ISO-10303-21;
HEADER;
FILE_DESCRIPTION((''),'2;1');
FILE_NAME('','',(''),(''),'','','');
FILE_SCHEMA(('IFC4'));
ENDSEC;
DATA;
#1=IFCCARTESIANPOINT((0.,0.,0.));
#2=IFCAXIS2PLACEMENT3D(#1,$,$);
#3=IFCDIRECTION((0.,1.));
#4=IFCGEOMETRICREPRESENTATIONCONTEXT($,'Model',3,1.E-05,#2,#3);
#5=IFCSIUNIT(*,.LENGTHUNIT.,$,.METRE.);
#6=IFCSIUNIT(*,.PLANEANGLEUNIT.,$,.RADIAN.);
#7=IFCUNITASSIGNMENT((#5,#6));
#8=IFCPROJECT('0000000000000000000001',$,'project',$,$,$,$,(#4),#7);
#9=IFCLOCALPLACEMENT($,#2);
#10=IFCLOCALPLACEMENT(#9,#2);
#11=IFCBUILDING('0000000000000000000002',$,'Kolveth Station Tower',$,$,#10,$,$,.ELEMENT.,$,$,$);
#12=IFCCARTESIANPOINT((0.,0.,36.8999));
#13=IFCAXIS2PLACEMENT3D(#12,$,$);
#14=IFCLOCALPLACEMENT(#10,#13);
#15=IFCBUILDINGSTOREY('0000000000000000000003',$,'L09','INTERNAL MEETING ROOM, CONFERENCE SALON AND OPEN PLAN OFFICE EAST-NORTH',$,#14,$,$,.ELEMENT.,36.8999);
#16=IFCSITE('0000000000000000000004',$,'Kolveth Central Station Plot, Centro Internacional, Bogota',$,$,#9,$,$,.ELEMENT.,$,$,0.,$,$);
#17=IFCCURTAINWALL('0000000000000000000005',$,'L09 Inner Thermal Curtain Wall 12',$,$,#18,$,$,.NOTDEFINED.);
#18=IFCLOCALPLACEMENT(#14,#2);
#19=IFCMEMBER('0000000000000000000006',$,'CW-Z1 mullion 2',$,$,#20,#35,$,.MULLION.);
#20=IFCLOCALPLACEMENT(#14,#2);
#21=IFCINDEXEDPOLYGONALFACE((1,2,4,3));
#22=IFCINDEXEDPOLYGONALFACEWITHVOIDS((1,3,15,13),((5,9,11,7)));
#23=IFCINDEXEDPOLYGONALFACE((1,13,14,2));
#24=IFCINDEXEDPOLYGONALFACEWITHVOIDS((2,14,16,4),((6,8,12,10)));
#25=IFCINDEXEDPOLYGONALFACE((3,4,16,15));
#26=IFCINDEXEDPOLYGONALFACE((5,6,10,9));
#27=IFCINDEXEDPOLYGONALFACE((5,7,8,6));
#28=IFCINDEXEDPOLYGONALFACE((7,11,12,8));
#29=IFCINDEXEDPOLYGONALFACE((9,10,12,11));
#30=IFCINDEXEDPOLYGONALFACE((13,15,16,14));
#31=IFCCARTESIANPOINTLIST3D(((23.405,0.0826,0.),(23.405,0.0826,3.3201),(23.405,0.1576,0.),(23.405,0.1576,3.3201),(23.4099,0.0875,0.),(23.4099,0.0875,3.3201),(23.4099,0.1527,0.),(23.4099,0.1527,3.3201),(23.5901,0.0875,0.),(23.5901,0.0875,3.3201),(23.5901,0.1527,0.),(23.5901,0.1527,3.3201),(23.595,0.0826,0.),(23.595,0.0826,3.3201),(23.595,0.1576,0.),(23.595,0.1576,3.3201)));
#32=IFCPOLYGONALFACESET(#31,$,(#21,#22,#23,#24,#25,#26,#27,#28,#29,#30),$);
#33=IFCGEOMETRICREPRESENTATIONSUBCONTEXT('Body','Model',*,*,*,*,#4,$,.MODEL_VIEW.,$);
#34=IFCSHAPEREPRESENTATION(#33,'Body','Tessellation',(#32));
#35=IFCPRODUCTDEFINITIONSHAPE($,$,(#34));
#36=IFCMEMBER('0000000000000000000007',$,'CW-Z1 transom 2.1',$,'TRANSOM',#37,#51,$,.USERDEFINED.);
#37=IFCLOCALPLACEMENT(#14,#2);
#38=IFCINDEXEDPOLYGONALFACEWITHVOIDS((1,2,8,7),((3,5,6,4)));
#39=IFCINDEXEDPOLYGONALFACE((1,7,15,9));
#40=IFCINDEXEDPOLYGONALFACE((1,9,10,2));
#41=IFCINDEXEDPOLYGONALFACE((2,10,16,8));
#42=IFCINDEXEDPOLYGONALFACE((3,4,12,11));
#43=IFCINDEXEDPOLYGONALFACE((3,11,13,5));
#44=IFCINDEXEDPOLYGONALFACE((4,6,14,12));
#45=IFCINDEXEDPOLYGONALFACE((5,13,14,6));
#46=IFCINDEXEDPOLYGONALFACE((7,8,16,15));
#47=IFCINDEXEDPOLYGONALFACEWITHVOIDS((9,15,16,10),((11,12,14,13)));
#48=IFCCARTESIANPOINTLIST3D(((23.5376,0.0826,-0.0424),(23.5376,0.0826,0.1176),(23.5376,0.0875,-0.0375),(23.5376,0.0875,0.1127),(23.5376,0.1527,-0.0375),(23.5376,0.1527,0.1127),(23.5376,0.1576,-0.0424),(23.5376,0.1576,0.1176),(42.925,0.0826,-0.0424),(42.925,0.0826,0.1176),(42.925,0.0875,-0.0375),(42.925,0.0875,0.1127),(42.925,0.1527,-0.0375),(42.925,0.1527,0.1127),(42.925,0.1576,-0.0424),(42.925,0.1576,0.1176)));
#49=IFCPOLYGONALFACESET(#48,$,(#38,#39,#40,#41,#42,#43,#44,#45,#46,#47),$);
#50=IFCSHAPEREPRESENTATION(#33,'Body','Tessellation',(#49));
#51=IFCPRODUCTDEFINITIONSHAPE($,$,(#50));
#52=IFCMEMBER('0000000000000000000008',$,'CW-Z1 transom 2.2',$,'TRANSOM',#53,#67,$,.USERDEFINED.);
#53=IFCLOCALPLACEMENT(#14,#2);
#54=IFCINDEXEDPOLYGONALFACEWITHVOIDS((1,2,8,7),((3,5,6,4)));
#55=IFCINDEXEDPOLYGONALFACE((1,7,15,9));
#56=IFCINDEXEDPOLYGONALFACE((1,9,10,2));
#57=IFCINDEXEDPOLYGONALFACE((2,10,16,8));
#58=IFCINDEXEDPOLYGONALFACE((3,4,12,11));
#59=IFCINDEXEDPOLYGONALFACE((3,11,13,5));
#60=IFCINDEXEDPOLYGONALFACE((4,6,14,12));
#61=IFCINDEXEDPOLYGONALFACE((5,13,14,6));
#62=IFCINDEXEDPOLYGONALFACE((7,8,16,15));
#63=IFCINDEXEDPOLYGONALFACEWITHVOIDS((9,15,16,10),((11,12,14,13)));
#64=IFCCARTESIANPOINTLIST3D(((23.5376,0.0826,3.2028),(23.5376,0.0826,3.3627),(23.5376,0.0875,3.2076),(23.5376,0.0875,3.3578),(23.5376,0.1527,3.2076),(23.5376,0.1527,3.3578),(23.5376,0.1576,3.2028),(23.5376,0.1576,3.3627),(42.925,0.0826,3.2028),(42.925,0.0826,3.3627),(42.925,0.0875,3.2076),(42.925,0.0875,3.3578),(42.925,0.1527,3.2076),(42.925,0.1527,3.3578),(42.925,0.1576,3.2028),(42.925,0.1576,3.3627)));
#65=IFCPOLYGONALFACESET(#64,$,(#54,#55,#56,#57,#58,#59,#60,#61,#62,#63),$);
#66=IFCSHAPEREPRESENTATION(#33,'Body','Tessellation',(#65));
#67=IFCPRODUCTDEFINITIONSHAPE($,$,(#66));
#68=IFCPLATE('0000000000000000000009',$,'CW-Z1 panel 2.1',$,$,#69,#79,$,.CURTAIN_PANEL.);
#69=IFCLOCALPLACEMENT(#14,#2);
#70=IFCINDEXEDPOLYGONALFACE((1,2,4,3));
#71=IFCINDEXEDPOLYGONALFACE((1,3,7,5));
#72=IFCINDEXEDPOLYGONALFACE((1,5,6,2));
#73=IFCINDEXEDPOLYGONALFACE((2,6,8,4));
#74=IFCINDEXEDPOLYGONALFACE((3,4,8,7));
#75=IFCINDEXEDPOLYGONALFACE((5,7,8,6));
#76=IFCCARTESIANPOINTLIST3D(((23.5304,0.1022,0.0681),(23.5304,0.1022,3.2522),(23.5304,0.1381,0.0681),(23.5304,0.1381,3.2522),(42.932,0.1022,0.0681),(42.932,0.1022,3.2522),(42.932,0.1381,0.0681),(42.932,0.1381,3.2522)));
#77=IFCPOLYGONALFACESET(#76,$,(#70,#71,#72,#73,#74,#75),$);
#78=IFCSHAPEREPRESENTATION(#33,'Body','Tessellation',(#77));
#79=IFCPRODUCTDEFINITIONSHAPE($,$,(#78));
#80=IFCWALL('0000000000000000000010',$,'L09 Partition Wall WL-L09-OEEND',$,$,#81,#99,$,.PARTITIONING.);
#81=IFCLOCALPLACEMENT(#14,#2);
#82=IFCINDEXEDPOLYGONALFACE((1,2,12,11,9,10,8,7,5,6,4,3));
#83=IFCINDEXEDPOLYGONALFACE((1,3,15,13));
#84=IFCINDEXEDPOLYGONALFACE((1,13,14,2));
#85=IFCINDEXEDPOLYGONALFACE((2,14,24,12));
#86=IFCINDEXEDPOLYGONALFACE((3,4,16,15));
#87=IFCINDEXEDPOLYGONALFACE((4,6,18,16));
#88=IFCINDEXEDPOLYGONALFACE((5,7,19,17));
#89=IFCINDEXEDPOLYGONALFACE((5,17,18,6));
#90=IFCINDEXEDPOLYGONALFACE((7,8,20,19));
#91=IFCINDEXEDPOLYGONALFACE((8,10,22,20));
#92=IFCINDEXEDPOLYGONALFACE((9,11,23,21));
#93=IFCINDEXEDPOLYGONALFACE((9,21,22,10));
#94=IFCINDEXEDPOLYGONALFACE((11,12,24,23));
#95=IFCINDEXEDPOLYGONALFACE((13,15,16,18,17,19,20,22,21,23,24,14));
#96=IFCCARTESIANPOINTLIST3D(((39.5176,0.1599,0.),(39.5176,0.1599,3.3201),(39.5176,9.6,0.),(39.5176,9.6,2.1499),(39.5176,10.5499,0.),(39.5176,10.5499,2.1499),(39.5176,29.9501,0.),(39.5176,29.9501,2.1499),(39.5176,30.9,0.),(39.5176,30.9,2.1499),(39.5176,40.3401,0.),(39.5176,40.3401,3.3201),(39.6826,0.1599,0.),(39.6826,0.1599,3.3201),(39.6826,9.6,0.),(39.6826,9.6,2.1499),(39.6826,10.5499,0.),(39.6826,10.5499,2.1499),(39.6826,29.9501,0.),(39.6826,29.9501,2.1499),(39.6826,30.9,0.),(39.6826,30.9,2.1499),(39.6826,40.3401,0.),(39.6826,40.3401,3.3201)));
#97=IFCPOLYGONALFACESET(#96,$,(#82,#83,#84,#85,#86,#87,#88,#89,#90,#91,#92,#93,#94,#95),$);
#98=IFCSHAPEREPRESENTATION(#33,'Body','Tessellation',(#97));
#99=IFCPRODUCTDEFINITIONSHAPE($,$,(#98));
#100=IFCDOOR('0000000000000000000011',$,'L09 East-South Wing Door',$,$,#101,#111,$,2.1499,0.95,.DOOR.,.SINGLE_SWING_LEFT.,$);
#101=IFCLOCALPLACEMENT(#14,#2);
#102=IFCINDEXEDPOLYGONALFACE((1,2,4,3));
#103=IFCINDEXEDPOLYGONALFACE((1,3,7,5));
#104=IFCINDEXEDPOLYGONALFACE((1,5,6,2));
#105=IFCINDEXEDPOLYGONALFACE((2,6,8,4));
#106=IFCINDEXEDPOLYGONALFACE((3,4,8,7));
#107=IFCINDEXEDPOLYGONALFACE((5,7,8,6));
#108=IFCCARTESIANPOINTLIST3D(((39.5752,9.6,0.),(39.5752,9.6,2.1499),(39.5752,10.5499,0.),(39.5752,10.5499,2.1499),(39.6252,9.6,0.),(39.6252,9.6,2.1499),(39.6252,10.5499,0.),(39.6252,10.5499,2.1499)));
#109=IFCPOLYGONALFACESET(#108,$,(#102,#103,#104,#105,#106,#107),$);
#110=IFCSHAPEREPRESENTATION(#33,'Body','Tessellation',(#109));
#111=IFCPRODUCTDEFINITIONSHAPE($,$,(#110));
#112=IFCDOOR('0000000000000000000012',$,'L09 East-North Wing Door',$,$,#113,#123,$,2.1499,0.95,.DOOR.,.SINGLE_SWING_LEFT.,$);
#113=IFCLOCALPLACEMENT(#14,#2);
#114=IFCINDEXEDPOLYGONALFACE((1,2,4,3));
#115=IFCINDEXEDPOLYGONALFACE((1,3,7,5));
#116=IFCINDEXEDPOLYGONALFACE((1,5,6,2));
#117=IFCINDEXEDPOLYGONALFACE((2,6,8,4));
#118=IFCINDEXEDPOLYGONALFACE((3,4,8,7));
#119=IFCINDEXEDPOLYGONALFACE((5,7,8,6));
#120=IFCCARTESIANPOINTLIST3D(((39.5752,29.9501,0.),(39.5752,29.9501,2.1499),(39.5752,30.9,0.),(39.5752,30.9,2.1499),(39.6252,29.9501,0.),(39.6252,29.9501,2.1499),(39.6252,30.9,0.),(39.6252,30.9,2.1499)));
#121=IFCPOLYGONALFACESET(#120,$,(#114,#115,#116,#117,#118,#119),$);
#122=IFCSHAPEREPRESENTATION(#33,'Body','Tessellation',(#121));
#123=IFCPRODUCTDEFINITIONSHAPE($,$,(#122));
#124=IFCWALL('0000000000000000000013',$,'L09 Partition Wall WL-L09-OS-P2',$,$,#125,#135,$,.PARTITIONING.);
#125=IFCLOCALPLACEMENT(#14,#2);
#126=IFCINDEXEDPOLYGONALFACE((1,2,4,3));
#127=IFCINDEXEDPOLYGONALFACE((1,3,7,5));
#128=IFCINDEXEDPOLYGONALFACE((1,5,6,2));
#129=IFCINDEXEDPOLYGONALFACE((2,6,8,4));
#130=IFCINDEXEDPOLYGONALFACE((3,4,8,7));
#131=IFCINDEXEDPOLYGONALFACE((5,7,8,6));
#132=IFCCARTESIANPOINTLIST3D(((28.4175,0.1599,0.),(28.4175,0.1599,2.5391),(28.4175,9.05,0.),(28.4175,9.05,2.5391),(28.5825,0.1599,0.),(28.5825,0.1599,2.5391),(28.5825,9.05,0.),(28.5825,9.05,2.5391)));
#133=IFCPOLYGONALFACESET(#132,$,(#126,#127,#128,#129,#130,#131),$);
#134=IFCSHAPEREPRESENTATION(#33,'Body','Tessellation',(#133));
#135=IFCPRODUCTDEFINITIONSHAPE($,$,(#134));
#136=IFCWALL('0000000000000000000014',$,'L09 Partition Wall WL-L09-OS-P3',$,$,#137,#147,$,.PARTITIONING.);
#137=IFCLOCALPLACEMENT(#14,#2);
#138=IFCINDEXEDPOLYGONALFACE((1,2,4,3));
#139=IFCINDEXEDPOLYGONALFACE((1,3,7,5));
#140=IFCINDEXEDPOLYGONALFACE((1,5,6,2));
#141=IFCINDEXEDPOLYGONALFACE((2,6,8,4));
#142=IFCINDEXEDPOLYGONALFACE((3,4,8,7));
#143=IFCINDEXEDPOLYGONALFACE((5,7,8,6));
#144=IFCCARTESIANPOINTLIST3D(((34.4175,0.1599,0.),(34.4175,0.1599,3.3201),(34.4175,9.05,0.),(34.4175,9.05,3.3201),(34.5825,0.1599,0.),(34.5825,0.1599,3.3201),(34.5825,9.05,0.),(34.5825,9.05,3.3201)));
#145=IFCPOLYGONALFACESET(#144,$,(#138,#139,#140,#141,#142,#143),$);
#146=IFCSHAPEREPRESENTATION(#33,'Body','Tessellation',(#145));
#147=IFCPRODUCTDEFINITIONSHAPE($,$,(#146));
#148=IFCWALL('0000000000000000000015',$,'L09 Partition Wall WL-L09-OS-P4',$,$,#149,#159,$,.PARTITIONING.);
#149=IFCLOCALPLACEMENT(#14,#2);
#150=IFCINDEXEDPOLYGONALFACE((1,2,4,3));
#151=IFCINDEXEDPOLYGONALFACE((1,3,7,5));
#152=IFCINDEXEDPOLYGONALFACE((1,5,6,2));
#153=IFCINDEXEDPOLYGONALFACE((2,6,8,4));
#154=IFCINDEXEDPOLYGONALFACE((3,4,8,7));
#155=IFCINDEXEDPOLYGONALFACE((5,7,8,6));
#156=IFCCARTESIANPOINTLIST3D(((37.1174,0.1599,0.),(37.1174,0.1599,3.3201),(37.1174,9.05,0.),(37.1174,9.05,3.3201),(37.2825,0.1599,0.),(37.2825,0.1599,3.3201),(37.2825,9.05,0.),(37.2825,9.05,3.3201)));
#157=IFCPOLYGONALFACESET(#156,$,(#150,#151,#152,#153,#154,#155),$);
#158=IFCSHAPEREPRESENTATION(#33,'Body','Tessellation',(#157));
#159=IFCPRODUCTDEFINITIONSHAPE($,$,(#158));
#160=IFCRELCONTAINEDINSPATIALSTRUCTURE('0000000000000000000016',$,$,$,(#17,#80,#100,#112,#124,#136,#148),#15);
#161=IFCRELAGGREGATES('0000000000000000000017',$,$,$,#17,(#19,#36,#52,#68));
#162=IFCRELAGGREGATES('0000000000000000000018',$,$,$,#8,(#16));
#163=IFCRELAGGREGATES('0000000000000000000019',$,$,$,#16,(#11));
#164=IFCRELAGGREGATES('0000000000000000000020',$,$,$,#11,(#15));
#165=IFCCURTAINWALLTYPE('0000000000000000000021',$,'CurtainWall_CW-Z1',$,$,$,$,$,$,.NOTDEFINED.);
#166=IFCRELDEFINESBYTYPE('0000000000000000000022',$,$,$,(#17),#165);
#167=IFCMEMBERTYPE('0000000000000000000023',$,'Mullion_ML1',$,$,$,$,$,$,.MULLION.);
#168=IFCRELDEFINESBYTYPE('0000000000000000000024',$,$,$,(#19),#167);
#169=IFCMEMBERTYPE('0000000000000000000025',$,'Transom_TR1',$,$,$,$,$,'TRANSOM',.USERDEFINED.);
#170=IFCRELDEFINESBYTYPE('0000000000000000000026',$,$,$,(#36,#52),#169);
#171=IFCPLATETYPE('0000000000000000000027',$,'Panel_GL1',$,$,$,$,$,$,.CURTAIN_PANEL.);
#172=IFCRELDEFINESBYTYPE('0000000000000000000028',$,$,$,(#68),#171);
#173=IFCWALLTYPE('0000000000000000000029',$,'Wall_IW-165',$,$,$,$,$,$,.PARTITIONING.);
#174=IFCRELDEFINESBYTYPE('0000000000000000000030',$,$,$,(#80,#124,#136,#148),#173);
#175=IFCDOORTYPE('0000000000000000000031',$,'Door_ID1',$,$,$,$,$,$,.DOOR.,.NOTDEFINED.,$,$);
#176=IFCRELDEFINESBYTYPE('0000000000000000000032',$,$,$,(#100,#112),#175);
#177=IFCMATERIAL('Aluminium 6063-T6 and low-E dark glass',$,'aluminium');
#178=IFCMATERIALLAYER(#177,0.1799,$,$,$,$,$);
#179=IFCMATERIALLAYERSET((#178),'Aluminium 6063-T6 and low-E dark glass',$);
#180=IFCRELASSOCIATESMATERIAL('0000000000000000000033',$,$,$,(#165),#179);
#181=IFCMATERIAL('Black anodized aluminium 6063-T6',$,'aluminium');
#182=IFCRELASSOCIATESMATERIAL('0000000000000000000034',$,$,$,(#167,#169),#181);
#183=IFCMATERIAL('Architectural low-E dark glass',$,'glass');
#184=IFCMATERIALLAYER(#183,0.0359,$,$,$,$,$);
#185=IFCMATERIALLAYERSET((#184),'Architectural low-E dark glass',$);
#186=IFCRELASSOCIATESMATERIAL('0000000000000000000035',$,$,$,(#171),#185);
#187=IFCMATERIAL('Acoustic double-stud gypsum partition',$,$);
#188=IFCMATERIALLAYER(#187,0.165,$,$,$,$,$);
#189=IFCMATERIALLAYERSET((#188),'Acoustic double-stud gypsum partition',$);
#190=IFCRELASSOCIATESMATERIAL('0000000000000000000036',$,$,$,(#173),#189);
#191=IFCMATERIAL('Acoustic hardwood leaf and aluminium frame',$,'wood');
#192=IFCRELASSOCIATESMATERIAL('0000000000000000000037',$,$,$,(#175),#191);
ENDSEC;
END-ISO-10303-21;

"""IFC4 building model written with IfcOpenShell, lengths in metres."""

from ifc_helpers import new_model, si_unit, direction, frame, frame_2d, origin, origin_2d, place, context, subcontext, project, spatial, rectangle, hollow_rectangle, extrude, source, transform, mapped, material, layer, layer_set, material_profile, profile_set, type_object, element, fill, aggregate, save


model = new_model("IFC4")

# Units and contexts
model_context = context("Model", 3, precision=1e-05, world=origin(), true_north=direction((0.0, 1.0)))
body_context = subcontext(model_context, "Body", "Model", "MODEL_VIEW")
ifc_project = project(units=[si_unit("LENGTHUNIT", "METRE"), si_unit("PLANEANGLEUNIT", "RADIAN")], contexts=[model_context])

# Site, building, storey
site_placement = place(None, origin())
site = spatial("IfcSite", under=ifc_project, at=site_placement, Name="Kolveth Central Station Plot, Centro Internacional, Bogota", CompositionType="ELEMENT", RefElevation=0.0)
building_placement = place(site_placement, origin())
building = spatial("IfcBuilding", under=site, at=building_placement, Name="Kolveth Station Tower", CompositionType="ELEMENT")
storey_placement = place(building_placement, frame((0.0, 0.0, 36.8999)))
storey = spatial("IfcBuildingStorey", under=building, at=storey_placement, Name="L09", Description="INTERNAL MEETING ROOM, CONFERENCE SALON AND OPEN PLAN OFFICE EAST-NORTH", CompositionType="ELEMENT", Elevation=36.8999)

# Curtain wall, members, plate
ifc_material_1 = material(Name="Aluminium 6063-T6 and low-E dark glass", Category="aluminium")
ifc_layer_1 = layer(ifc_material_1, 0.1799)
ifc_layer_set_1 = layer_set([ifc_layer_1], Name="Aluminium 6063-T6 and low-E dark glass")
curtain_wall_type = type_object("IfcCurtainWallType", Name="CurtainWall_CW-Z1", PredefinedType="NOTDEFINED", material=ifc_layer_set_1)
curtain_wall_placement = place(storey_placement, origin())
curtain_wall = element("IfcCurtainWall", 1, at=curtain_wall_placement, inside=storey, type_object=curtain_wall_type, Name="L09 Inner Thermal Curtain Wall 12", PredefinedType="NOTDEFINED")
ifc_material_2 = material(Name="Black anodized aluminium 6063-T6", Category="aluminium")
ifc_material_profile_1 = material_profile(ifc_material_2, hollow_rectangle(XDim=0.075, YDim=0.1899, WallThickness=0.0049, at=origin_2d()), Name="ALU-75x190x5")
ifc_profile_set_1 = profile_set([ifc_material_profile_1], Name="Black anodized aluminium 6063-T6")
member_type_1 = type_object("IfcMemberType", Name="Mullion_ML1", PredefinedType="MULLION", material=ifc_profile_set_1)
shared_shape_1 = source(origin(), body_context, "Body", "SweptSolid", [
    extrude(hollow_rectangle(XDim=0.075, YDim=0.1899, WallThickness=0.0049, at=origin_2d()), origin(), (0.0, 0.0, 1.0), 3.3201),
])
member_1_placement = place(storey_placement, frame((23.5, 0.1201, 0.0), z_axis=(0.0, 0.0, 1.0), x_axis=(0.0, 1.0, 0.0)))
member_1 = element("IfcMember", 2, at=member_1_placement, type_object=member_type_1, Name="CW-Z1 mullion 2", PredefinedType="MULLION", context=body_context, shape_type="MappedRepresentation", body=[
    mapped(shared_shape_1, transform((0.0, 0.0, 0.0), x_axis=(1.0, 0.0, 0.0), y_axis=(0.0, 1.0, 0.0), z_axis=(0.0, 0.0, 1.0), scale=1.0)),
])
ifc_material_profile_2 = material_profile(ifc_material_2, hollow_rectangle(XDim=0.075, YDim=0.1599, WallThickness=0.0049, at=origin_2d()), Name="ALU-75x160x5")
ifc_profile_set_2 = profile_set([ifc_material_profile_2], Name="Black anodized aluminium 6063-T6")
member_type_2 = type_object("IfcMemberType", Name="Transom_TR1", ElementType="TRANSOM", PredefinedType="USERDEFINED", material=ifc_profile_set_2)
shared_shape_2 = source(origin(), body_context, "Body", "SweptSolid", [
    extrude(hollow_rectangle(XDim=0.075, YDim=0.1599, WallThickness=0.0049, at=origin_2d()), origin(), (0.0, 0.0, 1.0), 19.3875),
])
member_2_placement = place(storey_placement, frame((23.5376, 0.1201, 0.0376), z_axis=(1.0, 0.0, 0.0), x_axis=(0.0, 1.0, 0.0)))
member_2 = element("IfcMember", 3, at=member_2_placement, type_object=member_type_2, Name="CW-Z1 transom 2.1", ObjectType="TRANSOM", PredefinedType="USERDEFINED", context=body_context, shape_type="MappedRepresentation", body=[
    mapped(shared_shape_2, transform((0.0, 0.0, 0.0), x_axis=(1.0, 0.0, 0.0), y_axis=(0.0, 1.0, 0.0), z_axis=(0.0, 0.0, 1.0), scale=1.0)),
])
member_3_placement = place(storey_placement, frame((23.5376, 0.1201, 3.2827), z_axis=(1.0, 0.0, 0.0), x_axis=(0.0, 1.0, 0.0)))
member_3 = element("IfcMember", 4, at=member_3_placement, type_object=member_type_2, Name="CW-Z1 transom 2.2", ObjectType="TRANSOM", PredefinedType="USERDEFINED", context=body_context, shape_type="MappedRepresentation", body=[
    mapped(shared_shape_2, transform((0.0, 0.0, 0.0), x_axis=(1.0, 0.0, 0.0), y_axis=(0.0, 1.0, 0.0), z_axis=(0.0, 0.0, 1.0), scale=1.0)),
])
ifc_material_3 = material(Name="Architectural low-E dark glass", Category="glass")
ifc_layer_2 = layer(ifc_material_3, 0.0359)
ifc_layer_set_2 = layer_set([ifc_layer_2], Name="Architectural low-E dark glass")
plate_type = type_object("IfcPlateType", Name="Panel_GL1", PredefinedType="CURTAIN_PANEL", material=ifc_layer_set_2)
shared_shape_3 = source(origin(), body_context, "Body", "SweptSolid", [
    extrude(rectangle(XDim=19.4016, YDim=0.0359, at=origin_2d()), origin(), (0.0, 0.0, 1.0), 3.1841),
])
plate_placement = place(storey_placement, frame((33.2312, 0.1201, 0.0681), z_axis=(0.0, 0.0, 1.0), x_axis=(1.0, 0.0, 0.0)))
plate = element("IfcPlate", 5, at=plate_placement, type_object=plate_type, Name="CW-Z1 panel 2.1", PredefinedType="CURTAIN_PANEL", context=body_context, shape_type="MappedRepresentation", body=[
    mapped(shared_shape_3, transform((0.0, 0.0, 0.0), x_axis=(1.0, 0.0, 0.0), y_axis=(0.0, 1.0, 0.0), z_axis=(0.0, 0.0, 1.0), scale=1.0)),
])
aggregate(curtain_wall, [member_1, member_2, member_3, plate])

# Wall, openings, doors
ifc_material_4 = material(Name="Acoustic double-stud gypsum partition")
ifc_layer_3 = layer(ifc_material_4, 0.165)
ifc_layer_set_3 = layer_set([ifc_layer_3], Name="Acoustic double-stud gypsum partition")
wall_type = type_object("IfcWallType", Name="Wall_IW-165", PredefinedType="PARTITIONING", material=ifc_layer_set_3)
wall_1_placement = place(storey_placement, frame((39.6001, 0.1599, 0.0), z_axis=(0.0, 0.0, 1.0), x_axis=(0.0, 1.0, 0.0)))
wall_1 = element("IfcWall", 6, at=wall_1_placement, inside=storey, type_object=wall_type, Name="L09 Partition Wall WL-L09-OEEND", PredefinedType="PARTITIONING", context=body_context, shape_type="SweptSolid", body=[
    extrude(rectangle(XDim=40.1802, YDim=0.165, at=frame_2d((20.0901, 0.0))), origin(), (0.0, 0.0, 1.0), 3.3201),
])
opening_1_placement = place(wall_1_placement, frame((9.4399, 0.0, 0.0)))
opening_1 = element("IfcOpeningElement", 7, at=opening_1_placement, cuts=wall_1, PredefinedType="OPENING", context=body_context, shape_type="SweptSolid", body=[
    extrude(rectangle(XDim=0.95, YDim=2.1499, at=frame_2d((0.4751, 1.075))), frame((0.0, 0.0925, 0.0), z_axis=(0.0, -1.0, 0.0), x_axis=(1.0, 0.0, 0.0)), (0.0, 0.0, 1.0), 0.1851),
])
opening_2_placement = place(wall_1_placement, frame((29.79, 0.0, 0.0)))
opening_2 = element("IfcOpeningElement", 8, at=opening_2_placement, cuts=wall_1, PredefinedType="OPENING", context=body_context, shape_type="SweptSolid", body=[
    extrude(rectangle(XDim=0.95, YDim=2.1499, at=frame_2d((0.4751, 1.075))), frame((0.0, 0.0925, 0.0), z_axis=(0.0, -1.0, 0.0), x_axis=(1.0, 0.0, 0.0)), (0.0, 0.0, 1.0), 0.1851),
])
ifc_material_5 = material(Name="Acoustic hardwood leaf and aluminium frame", Category="wood")
door_type = type_object("IfcDoorType", Name="Door_ID1", OperationType="NOTDEFINED", PredefinedType="DOOR", material=ifc_material_5)
door_1_placement = place(opening_1_placement, origin())
door_1 = element("IfcDoor", 9, at=door_1_placement, inside=storey, type_object=door_type, Name="L09 East-South Wing Door", OperationType="SINGLE_SWING_LEFT", OverallHeight=2.1499, OverallWidth=0.95, PredefinedType="DOOR", context=body_context, shape_type="SweptSolid", body=[
    extrude(rectangle(XDim=0.95, YDim=2.1499, at=frame_2d((0.4751, 1.075))), frame((0.0, 0.0249, 0.0), z_axis=(0.0, -1.0, 0.0), x_axis=(1.0, 0.0, 0.0)), (0.0, 0.0, 1.0), 0.05),
])
fill(opening_1, door_1)
door_2_placement = place(opening_2_placement, origin())
door_2 = element("IfcDoor", 10, at=door_2_placement, inside=storey, type_object=door_type, Name="L09 East-North Wing Door", OperationType="SINGLE_SWING_LEFT", OverallHeight=2.1499, OverallWidth=0.95, PredefinedType="DOOR", context=body_context, shape_type="SweptSolid", body=[
    extrude(rectangle(XDim=0.95, YDim=2.1499, at=frame_2d((0.4751, 1.075))), frame((0.0, 0.0249, 0.0), z_axis=(0.0, -1.0, 0.0), x_axis=(1.0, 0.0, 0.0)), (0.0, 0.0, 1.0), 0.05),
])
fill(opening_2, door_2)

# Walls
wall_2_placement = place(storey_placement, frame((28.5, 0.1599, 0.0), z_axis=(0.0, 0.0, 1.0), x_axis=(0.0, 1.0, 0.0)))
element("IfcWall", 11, at=wall_2_placement, inside=storey, type_object=wall_type, Name="L09 Partition Wall WL-L09-OS-P2", PredefinedType="PARTITIONING", context=body_context, shape_type="SweptSolid", body=[
    extrude(rectangle(XDim=8.8901, YDim=0.165, at=frame_2d((4.4451, 0.0))), origin(), (0.0, 0.0, 1.0), 2.5391),
])
for number, where, z_axis, x_axis, name in (
    (12, (34.5, 0.1599, 0.0), (0.0, 0.0, 1.0), (0.0, 1.0, 0.0), "L09 Partition Wall WL-L09-OS-P3"),
    (13, (37.2, 0.1599, 0.0), (0.0, 0.0, 1.0), (0.0, 1.0, 0.0), "L09 Partition Wall WL-L09-OS-P4"),
):
    element("IfcWall", number, at=place(storey_placement, frame(where, z_axis=z_axis, x_axis=x_axis)), inside=storey, type_object=wall_type, Name=name, PredefinedType="PARTITIONING", context=body_context, shape_type="SweptSolid", body=[
        extrude(rectangle(XDim=8.8901, YDim=0.165, at=frame_2d((4.4451, 0.0))), origin(), (0.0, 0.0, 1.0), 3.3201),
    ])

save(model, "model.ifc")
